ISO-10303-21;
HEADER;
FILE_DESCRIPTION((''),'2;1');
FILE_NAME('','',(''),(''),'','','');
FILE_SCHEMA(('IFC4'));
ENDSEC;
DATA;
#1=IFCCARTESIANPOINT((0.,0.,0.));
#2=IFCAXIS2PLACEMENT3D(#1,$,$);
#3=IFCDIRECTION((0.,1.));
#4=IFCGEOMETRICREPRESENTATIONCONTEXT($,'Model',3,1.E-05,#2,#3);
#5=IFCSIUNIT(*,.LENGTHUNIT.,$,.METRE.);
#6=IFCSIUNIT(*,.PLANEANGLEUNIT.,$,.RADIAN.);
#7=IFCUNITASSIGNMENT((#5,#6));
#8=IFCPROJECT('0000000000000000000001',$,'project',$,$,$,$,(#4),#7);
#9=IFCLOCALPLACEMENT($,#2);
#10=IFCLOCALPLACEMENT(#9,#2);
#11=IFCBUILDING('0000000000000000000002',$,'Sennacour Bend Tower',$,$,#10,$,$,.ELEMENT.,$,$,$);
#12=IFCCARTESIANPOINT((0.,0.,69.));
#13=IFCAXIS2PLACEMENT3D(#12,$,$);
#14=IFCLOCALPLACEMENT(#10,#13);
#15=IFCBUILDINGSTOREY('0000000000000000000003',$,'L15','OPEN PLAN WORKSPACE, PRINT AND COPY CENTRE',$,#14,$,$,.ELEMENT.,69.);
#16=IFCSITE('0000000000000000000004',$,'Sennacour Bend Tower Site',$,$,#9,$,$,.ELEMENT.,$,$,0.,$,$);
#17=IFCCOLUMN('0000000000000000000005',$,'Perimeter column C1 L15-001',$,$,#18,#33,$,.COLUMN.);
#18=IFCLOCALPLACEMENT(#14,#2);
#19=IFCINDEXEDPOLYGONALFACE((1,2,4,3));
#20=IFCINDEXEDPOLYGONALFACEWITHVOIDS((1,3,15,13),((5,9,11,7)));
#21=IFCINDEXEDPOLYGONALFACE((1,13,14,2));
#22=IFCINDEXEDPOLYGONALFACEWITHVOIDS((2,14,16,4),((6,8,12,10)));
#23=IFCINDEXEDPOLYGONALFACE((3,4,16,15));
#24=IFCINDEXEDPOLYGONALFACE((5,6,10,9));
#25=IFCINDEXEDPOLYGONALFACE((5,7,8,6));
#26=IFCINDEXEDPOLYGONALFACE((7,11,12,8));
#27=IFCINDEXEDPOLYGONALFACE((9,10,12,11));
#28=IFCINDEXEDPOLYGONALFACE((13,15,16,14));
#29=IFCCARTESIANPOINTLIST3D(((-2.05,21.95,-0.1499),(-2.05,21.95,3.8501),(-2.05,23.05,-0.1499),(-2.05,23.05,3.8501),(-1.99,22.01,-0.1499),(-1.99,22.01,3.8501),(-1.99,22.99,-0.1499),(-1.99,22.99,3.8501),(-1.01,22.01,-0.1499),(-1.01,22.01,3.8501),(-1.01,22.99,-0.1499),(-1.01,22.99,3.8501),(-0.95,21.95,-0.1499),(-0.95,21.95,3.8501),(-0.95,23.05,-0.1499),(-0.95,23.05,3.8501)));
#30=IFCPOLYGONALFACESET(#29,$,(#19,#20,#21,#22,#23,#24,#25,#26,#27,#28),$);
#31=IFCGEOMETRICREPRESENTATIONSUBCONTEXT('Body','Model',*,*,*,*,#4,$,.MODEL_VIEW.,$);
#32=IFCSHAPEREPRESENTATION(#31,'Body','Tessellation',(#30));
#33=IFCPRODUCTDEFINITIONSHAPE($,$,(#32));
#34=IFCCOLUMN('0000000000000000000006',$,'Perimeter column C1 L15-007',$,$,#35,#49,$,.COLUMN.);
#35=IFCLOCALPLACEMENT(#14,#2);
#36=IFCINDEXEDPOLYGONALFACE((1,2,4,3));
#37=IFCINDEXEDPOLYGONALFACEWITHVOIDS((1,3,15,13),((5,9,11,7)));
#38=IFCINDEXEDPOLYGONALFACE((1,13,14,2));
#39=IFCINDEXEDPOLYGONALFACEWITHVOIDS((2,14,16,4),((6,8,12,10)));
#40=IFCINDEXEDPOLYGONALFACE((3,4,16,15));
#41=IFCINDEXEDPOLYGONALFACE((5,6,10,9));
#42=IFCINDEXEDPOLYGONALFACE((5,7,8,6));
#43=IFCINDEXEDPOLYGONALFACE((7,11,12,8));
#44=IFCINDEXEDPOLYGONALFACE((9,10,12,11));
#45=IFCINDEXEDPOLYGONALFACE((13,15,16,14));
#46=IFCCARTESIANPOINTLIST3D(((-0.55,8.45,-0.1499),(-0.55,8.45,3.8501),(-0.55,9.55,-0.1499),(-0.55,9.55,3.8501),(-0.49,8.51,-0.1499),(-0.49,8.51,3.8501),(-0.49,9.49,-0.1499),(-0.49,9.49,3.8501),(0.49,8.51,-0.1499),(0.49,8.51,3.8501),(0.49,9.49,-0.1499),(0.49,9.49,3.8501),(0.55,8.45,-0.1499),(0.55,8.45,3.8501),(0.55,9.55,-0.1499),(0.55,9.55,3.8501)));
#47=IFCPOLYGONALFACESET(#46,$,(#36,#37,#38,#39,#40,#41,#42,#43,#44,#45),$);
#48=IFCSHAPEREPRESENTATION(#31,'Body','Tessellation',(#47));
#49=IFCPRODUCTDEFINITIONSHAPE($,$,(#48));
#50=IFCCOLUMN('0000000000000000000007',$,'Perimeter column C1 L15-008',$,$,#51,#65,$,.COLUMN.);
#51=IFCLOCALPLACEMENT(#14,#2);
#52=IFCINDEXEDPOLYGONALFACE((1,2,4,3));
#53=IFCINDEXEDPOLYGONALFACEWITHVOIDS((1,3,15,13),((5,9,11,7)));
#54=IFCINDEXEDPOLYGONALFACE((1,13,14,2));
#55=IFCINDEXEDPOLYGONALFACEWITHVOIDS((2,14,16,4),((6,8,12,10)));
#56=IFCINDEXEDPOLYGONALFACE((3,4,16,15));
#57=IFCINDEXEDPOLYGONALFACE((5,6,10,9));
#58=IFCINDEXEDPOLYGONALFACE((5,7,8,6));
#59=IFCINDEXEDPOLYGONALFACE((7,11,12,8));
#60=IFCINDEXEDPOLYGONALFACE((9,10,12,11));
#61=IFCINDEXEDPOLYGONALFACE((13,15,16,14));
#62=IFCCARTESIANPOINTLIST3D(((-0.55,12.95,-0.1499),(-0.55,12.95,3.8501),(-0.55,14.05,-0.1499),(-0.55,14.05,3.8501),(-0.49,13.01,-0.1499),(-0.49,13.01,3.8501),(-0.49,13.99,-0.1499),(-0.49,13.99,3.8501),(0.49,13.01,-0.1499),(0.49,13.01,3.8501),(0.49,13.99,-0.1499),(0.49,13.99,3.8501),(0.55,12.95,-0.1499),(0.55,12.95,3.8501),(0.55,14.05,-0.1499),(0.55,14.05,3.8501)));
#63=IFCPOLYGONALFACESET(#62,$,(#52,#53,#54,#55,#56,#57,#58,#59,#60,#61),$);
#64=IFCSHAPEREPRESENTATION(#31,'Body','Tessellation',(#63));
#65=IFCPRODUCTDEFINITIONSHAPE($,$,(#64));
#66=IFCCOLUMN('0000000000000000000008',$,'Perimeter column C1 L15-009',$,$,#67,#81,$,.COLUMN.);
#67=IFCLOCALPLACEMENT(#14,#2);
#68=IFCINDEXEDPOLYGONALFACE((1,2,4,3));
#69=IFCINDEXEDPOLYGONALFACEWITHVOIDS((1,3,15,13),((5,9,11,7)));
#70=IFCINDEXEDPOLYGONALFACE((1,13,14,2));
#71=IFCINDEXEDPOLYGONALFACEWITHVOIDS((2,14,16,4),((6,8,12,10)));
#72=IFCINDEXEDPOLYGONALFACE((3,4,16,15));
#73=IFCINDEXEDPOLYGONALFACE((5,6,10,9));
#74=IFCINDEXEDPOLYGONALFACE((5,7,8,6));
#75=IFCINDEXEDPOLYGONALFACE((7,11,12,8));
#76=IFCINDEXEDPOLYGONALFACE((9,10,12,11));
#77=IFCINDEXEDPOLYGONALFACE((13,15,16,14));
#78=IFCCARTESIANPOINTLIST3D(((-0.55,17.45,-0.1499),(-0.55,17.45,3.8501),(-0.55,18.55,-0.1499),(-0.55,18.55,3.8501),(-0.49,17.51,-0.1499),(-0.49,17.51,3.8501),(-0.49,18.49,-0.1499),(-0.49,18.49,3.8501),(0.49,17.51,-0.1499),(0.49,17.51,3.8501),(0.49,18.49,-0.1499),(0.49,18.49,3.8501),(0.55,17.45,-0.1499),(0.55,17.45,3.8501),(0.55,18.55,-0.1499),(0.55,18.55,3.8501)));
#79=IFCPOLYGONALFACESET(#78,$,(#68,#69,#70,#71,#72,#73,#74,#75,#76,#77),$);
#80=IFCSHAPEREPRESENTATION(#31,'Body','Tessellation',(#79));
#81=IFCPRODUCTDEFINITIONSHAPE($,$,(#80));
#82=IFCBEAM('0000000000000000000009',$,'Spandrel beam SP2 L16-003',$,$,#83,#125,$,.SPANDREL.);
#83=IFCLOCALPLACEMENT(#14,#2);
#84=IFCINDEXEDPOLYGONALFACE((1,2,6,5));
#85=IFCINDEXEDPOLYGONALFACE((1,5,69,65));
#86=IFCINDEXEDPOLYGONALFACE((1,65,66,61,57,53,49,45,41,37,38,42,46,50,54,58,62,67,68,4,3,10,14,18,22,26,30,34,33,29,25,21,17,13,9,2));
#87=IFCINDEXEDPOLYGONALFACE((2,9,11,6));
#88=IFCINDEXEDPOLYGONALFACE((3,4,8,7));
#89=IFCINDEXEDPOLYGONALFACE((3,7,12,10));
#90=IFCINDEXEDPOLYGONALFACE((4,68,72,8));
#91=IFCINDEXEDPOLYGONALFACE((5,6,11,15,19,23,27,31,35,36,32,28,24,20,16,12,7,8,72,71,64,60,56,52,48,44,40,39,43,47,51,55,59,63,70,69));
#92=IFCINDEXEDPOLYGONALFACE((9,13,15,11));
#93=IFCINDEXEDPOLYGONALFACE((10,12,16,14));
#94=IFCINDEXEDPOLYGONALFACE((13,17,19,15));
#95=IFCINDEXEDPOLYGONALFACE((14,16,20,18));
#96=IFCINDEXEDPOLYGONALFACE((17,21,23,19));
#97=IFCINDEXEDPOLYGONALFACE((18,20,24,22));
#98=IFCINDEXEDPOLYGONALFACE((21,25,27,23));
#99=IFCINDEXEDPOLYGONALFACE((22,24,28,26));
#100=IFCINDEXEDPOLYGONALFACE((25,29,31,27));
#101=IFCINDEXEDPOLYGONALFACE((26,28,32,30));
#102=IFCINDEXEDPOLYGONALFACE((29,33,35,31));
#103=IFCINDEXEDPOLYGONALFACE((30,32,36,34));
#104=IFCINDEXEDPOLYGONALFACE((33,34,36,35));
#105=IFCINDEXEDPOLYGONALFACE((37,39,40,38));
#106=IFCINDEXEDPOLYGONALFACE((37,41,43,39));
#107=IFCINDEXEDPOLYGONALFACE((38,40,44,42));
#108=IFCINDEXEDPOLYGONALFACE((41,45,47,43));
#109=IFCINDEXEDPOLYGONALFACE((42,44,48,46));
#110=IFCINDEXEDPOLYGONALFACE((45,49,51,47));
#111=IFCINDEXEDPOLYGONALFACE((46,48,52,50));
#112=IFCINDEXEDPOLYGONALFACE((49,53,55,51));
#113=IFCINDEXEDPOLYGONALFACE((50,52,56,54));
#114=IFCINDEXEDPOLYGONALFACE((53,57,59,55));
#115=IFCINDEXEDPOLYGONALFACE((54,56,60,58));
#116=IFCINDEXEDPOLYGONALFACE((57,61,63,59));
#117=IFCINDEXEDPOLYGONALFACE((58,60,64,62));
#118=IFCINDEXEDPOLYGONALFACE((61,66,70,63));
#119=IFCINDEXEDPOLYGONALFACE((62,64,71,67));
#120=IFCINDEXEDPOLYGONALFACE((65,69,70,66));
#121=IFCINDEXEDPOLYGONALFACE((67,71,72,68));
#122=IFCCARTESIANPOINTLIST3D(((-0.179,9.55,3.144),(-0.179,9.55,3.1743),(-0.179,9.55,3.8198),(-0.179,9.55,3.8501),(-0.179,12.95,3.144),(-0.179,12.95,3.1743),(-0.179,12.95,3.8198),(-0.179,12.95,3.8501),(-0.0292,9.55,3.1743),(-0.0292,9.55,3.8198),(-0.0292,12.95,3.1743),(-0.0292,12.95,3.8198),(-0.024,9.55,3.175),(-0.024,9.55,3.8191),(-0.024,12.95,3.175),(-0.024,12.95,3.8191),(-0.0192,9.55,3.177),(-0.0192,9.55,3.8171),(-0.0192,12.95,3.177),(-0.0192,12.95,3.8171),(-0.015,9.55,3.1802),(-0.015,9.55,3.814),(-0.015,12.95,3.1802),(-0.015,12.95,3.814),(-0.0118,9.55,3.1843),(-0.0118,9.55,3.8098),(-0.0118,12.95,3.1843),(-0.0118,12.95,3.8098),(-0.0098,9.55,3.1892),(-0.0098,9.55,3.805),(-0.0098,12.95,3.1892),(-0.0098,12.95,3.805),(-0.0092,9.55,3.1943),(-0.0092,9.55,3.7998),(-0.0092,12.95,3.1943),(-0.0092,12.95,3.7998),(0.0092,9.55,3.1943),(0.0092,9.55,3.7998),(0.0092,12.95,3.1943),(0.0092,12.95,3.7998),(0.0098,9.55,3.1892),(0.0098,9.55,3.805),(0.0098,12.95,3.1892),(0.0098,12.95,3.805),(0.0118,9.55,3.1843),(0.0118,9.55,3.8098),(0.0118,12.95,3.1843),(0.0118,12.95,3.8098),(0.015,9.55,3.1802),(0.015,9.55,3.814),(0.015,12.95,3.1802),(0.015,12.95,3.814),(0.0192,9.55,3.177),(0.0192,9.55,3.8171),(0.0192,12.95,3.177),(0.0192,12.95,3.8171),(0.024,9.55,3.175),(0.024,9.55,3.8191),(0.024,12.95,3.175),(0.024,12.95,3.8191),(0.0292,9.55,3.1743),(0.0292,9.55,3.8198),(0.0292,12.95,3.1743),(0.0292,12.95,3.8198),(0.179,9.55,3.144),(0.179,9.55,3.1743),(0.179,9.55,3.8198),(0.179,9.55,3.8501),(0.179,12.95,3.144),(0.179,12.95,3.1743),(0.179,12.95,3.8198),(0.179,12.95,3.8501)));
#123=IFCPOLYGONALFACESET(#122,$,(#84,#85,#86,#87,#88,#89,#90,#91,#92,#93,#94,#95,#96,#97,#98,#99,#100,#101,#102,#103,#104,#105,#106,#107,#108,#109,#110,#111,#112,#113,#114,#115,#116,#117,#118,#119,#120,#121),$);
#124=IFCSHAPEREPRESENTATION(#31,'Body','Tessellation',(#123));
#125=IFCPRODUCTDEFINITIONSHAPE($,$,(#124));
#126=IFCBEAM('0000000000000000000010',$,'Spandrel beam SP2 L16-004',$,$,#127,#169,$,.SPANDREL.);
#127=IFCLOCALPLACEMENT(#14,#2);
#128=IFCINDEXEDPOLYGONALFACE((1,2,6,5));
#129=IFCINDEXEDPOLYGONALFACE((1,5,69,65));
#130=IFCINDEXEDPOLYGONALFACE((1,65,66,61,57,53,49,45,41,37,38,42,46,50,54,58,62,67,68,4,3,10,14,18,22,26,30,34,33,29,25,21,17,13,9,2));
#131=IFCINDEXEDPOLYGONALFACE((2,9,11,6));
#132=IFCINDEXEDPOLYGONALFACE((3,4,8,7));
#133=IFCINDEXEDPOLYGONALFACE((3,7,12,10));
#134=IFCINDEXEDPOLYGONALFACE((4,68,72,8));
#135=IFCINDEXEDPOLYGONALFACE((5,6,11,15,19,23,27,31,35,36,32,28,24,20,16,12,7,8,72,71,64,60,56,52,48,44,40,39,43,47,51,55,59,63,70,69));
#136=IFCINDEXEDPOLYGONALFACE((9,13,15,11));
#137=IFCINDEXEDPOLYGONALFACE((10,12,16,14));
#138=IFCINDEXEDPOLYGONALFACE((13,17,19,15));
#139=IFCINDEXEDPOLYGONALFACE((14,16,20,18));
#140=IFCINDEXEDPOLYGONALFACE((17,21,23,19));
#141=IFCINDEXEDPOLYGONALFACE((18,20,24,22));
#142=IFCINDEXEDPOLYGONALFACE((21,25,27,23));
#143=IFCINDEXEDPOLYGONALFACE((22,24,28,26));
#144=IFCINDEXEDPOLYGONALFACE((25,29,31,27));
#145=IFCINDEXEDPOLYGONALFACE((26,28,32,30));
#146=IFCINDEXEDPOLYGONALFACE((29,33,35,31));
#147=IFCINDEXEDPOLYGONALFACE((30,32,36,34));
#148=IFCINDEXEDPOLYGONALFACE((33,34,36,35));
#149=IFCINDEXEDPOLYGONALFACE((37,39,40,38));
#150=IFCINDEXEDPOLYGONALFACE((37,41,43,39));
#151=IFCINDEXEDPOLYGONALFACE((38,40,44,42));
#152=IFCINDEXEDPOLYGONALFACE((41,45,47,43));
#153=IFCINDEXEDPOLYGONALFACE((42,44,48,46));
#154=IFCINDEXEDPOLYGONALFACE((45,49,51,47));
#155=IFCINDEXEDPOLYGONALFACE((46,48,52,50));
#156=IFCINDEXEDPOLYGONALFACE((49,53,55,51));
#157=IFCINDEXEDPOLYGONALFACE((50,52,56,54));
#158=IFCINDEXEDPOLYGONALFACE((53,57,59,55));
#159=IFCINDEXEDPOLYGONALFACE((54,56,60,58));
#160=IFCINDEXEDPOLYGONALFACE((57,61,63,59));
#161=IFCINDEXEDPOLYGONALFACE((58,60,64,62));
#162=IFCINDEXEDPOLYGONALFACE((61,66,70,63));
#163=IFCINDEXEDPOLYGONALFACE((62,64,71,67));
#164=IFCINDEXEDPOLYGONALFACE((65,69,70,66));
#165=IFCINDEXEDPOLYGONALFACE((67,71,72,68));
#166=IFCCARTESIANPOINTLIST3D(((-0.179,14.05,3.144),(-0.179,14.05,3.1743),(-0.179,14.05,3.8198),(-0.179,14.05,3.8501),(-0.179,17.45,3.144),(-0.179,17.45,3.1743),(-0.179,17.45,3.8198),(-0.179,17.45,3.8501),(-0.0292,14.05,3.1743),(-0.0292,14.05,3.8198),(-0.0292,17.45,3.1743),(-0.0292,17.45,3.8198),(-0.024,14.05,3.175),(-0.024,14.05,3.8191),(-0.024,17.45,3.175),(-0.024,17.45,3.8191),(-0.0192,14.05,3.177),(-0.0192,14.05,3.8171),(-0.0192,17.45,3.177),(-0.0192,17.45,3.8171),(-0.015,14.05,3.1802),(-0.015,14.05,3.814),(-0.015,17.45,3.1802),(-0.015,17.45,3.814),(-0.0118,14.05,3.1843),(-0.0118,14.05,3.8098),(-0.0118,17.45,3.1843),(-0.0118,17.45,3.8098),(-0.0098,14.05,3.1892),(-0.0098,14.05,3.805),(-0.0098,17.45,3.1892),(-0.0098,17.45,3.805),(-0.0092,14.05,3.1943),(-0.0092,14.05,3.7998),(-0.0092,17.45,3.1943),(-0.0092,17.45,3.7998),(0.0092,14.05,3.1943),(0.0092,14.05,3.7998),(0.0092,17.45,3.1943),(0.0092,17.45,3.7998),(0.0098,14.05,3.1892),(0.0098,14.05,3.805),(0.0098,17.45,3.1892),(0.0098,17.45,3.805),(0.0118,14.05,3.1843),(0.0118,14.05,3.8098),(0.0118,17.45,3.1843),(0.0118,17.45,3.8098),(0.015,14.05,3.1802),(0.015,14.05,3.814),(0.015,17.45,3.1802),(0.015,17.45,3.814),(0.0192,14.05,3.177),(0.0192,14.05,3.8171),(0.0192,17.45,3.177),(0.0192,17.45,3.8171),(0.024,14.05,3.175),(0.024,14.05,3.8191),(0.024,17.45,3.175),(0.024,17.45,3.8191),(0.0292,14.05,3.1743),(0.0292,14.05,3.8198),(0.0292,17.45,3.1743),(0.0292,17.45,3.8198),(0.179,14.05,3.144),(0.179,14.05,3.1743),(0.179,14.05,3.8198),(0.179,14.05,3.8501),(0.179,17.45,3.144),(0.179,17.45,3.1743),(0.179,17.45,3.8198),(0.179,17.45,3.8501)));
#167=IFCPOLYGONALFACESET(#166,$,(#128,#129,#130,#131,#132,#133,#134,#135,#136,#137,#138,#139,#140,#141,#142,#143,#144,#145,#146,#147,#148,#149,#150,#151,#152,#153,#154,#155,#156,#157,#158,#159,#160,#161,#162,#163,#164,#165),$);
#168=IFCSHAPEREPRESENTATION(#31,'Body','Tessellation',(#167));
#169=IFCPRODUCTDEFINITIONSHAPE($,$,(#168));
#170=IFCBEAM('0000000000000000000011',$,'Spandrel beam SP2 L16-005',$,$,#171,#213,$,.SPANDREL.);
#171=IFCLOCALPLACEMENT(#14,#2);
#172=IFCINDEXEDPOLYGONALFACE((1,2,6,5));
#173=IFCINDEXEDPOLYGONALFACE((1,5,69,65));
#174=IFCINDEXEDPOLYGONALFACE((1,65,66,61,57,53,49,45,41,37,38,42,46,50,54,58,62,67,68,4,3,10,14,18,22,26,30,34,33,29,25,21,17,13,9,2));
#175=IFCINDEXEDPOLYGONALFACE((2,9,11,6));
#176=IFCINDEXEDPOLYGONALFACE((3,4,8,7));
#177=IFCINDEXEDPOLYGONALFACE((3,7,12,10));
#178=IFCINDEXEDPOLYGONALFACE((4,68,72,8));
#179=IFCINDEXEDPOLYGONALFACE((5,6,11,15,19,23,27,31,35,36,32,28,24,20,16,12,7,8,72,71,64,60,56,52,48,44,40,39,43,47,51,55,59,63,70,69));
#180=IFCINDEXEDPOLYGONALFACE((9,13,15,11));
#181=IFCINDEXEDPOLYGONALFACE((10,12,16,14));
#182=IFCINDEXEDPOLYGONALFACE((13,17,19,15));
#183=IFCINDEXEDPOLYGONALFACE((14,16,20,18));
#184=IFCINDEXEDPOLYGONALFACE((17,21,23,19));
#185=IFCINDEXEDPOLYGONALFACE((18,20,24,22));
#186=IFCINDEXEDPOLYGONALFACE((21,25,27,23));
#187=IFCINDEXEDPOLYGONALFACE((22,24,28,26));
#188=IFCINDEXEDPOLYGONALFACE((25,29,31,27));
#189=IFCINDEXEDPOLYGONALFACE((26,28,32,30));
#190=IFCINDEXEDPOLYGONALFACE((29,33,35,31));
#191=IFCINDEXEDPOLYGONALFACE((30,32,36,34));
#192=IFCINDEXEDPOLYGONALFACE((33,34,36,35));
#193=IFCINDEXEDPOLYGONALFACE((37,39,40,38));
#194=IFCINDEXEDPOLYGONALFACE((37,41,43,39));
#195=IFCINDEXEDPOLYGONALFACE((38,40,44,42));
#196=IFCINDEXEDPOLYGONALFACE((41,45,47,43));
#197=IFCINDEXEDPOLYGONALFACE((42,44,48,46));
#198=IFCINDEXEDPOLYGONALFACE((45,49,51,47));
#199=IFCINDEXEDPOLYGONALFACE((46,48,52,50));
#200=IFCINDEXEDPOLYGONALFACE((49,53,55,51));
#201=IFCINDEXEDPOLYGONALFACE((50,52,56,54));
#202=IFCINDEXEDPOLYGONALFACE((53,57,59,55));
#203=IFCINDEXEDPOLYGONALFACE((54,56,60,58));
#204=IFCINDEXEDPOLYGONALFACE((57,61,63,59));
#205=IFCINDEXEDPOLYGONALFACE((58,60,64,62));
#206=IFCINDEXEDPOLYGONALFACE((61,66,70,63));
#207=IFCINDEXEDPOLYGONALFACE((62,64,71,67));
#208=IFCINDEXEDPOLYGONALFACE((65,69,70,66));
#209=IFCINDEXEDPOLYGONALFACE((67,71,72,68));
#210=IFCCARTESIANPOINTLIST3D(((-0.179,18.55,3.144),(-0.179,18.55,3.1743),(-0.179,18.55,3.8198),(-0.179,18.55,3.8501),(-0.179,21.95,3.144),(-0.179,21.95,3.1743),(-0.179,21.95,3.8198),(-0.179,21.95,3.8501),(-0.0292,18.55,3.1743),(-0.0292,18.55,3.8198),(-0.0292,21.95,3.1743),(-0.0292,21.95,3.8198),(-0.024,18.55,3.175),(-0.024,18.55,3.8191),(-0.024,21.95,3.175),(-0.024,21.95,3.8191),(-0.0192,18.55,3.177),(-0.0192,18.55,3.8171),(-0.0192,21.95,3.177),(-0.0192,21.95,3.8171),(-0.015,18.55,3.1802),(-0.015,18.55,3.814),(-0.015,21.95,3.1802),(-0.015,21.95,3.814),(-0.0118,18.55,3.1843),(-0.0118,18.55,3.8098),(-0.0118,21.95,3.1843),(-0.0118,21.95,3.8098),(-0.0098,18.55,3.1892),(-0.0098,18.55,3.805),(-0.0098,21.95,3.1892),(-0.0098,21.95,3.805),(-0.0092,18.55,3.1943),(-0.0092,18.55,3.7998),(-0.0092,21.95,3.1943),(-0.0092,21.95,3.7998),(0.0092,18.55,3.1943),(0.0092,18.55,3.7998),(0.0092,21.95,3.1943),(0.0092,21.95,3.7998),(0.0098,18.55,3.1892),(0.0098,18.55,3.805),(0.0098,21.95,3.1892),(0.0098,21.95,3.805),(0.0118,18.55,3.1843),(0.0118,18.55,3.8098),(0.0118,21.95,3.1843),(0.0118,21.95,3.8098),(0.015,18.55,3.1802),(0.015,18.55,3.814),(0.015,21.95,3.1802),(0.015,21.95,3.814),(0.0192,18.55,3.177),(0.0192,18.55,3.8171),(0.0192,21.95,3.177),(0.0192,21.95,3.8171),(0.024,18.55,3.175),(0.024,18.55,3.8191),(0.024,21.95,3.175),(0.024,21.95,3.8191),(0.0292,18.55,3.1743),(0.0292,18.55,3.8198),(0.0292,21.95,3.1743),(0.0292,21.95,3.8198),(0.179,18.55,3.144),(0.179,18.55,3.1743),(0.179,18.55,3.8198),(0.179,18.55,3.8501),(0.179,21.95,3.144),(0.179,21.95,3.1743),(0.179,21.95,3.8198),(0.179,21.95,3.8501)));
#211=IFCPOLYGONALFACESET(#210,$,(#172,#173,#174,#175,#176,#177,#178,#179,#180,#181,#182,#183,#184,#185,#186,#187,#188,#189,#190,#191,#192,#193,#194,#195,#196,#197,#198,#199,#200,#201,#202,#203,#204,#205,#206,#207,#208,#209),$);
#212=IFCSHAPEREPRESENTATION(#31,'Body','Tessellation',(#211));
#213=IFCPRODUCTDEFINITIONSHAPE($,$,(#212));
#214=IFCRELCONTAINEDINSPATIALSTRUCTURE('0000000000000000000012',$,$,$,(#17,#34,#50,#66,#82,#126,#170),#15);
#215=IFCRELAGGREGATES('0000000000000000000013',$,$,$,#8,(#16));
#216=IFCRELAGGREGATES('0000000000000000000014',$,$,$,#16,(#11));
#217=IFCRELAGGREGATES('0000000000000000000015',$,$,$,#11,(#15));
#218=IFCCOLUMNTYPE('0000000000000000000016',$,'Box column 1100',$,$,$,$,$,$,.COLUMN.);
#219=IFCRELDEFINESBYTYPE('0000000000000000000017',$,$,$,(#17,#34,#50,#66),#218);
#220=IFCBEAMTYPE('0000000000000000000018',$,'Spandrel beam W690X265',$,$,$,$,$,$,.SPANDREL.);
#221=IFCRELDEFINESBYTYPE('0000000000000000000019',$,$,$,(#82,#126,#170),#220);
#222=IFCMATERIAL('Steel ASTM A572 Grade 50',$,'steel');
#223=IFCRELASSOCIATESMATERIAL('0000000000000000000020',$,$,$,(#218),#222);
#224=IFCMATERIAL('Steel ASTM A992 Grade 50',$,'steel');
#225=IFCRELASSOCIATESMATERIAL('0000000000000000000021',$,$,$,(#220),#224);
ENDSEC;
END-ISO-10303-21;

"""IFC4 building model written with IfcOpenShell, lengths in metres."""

from ifc_helpers import new_model, si_unit, direction, frame, origin, origin_2d, place, context, subcontext, project, spatial, hollow_rectangle, i_section, extrude, material, material_profile, profile_set, type_object, element, save


model = new_model("IFC4")

# Units and contexts
model_context = context("Model", 3, precision=1e-05, world=origin(), true_north=direction((0.0, 1.0)))
body_context = subcontext(model_context, "Body", "Model", "MODEL_VIEW")
ifc_project = project(units=[si_unit("LENGTHUNIT", "METRE"), si_unit("PLANEANGLEUNIT", "RADIAN")], contexts=[model_context])

# Site, building, storey
site_placement = place(None, origin())
site = spatial("IfcSite", under=ifc_project, at=site_placement, Name="Sennacour Bend Tower Site", CompositionType="ELEMENT", RefElevation=0.0)
building_placement = place(site_placement, origin())
building = spatial("IfcBuilding", under=site, at=building_placement, Name="Sennacour Bend Tower", CompositionType="ELEMENT")
storey_placement = place(building_placement, frame((0.0, 0.0, 69.0)))
storey = spatial("IfcBuildingStorey", under=building, at=storey_placement, Name="L15", Description="OPEN PLAN WORKSPACE, PRINT AND COPY CENTRE", CompositionType="ELEMENT", Elevation=69.0)

# Columns
ifc_material_1 = material(Name="Steel ASTM A572 Grade 50", Category="steel")
ifc_material_profile_1 = material_profile(ifc_material_1, hollow_rectangle(XDim=1.1001, YDim=1.1001, WallThickness=0.0601, at=origin_2d()), Name="Steel ASTM A572 Grade 50", Category="steel")
ifc_profile_set_1 = profile_set([ifc_material_profile_1], Name="Steel ASTM A572 Grade 50")
column_type = type_object("IfcColumnType", Name="Box column 1100", PredefinedType="COLUMN", material=ifc_profile_set_1)
for number, where, z_axis, x_axis, name in (
    (1, (-1.5, 22.5, -0.1499), (0.0, 0.0, 1.0), (1.0, 0.0, 0.0), "Perimeter column C1 L15-001"),
    (2, (0.0, 9.0, -0.1499), (0.0, 0.0, 1.0), (1.0, 0.0, 0.0), "Perimeter column C1 L15-007"),
    (3, (0.0, 13.5, -0.1499), (0.0, 0.0, 1.0), (1.0, 0.0, 0.0), "Perimeter column C1 L15-008"),
    (4, (0.0, 18.0, -0.1499), (0.0, 0.0, 1.0), (1.0, 0.0, 0.0), "Perimeter column C1 L15-009"),
):
    element("IfcColumn", number, at=place(storey_placement, frame(where, z_axis=z_axis, x_axis=x_axis)), inside=storey, type_object=column_type, Name=name, PredefinedType="COLUMN", context=body_context, shape_type="SweptSolid", body=[
        extrude(hollow_rectangle(XDim=1.1001, YDim=1.1001, WallThickness=0.0601, at=origin_2d()), origin(), (0.0, 0.0, 1.0), 4.0),
    ])

# Beams
ifc_material_2 = material(Name="Steel ASTM A992 Grade 50", Category="steel")
ifc_material_profile_2 = material_profile(ifc_material_2, i_section(OverallWidth=0.3579, OverallDepth=0.7061, WebThickness=0.0183, FlangeThickness=0.0303, FilletRadius=0.02, at=origin_2d()), Name="Steel ASTM A992 Grade 50", Category="steel")
ifc_profile_set_2 = profile_set([ifc_material_profile_2], Name="Steel ASTM A992 Grade 50")
beam_type = type_object("IfcBeamType", Name="Spandrel beam W690X265", PredefinedType="SPANDREL", material=ifc_profile_set_2)
for number, where, z_axis, x_axis, name in (
    (5, (0.0, 9.55, 3.4971), (0.0, 1.0, 0.0), (-1.0, 0.0, 0.0), "Spandrel beam SP2 L16-003"),
    (6, (0.0, 14.05, 3.4971), (0.0, 1.0, 0.0), (-1.0, 0.0, 0.0), "Spandrel beam SP2 L16-004"),
    (7, (0.0, 18.55, 3.4971), (0.0, 1.0, 0.0), (-1.0, 0.0, 0.0), "Spandrel beam SP2 L16-005"),
):
    element("IfcBeam", number, at=place(storey_placement, frame(where, z_axis=z_axis, x_axis=x_axis)), inside=storey, type_object=beam_type, Name=name, PredefinedType="SPANDREL", context=body_context, shape_type="SweptSolid", body=[
        extrude(i_section(OverallWidth=0.3579, OverallDepth=0.7061, WebThickness=0.0183, FlangeThickness=0.0303, FilletRadius=0.02, at=origin_2d()), origin(), (0.0, 0.0, 1.0), 3.3999),
    ])

save(model, "model.ifc")
